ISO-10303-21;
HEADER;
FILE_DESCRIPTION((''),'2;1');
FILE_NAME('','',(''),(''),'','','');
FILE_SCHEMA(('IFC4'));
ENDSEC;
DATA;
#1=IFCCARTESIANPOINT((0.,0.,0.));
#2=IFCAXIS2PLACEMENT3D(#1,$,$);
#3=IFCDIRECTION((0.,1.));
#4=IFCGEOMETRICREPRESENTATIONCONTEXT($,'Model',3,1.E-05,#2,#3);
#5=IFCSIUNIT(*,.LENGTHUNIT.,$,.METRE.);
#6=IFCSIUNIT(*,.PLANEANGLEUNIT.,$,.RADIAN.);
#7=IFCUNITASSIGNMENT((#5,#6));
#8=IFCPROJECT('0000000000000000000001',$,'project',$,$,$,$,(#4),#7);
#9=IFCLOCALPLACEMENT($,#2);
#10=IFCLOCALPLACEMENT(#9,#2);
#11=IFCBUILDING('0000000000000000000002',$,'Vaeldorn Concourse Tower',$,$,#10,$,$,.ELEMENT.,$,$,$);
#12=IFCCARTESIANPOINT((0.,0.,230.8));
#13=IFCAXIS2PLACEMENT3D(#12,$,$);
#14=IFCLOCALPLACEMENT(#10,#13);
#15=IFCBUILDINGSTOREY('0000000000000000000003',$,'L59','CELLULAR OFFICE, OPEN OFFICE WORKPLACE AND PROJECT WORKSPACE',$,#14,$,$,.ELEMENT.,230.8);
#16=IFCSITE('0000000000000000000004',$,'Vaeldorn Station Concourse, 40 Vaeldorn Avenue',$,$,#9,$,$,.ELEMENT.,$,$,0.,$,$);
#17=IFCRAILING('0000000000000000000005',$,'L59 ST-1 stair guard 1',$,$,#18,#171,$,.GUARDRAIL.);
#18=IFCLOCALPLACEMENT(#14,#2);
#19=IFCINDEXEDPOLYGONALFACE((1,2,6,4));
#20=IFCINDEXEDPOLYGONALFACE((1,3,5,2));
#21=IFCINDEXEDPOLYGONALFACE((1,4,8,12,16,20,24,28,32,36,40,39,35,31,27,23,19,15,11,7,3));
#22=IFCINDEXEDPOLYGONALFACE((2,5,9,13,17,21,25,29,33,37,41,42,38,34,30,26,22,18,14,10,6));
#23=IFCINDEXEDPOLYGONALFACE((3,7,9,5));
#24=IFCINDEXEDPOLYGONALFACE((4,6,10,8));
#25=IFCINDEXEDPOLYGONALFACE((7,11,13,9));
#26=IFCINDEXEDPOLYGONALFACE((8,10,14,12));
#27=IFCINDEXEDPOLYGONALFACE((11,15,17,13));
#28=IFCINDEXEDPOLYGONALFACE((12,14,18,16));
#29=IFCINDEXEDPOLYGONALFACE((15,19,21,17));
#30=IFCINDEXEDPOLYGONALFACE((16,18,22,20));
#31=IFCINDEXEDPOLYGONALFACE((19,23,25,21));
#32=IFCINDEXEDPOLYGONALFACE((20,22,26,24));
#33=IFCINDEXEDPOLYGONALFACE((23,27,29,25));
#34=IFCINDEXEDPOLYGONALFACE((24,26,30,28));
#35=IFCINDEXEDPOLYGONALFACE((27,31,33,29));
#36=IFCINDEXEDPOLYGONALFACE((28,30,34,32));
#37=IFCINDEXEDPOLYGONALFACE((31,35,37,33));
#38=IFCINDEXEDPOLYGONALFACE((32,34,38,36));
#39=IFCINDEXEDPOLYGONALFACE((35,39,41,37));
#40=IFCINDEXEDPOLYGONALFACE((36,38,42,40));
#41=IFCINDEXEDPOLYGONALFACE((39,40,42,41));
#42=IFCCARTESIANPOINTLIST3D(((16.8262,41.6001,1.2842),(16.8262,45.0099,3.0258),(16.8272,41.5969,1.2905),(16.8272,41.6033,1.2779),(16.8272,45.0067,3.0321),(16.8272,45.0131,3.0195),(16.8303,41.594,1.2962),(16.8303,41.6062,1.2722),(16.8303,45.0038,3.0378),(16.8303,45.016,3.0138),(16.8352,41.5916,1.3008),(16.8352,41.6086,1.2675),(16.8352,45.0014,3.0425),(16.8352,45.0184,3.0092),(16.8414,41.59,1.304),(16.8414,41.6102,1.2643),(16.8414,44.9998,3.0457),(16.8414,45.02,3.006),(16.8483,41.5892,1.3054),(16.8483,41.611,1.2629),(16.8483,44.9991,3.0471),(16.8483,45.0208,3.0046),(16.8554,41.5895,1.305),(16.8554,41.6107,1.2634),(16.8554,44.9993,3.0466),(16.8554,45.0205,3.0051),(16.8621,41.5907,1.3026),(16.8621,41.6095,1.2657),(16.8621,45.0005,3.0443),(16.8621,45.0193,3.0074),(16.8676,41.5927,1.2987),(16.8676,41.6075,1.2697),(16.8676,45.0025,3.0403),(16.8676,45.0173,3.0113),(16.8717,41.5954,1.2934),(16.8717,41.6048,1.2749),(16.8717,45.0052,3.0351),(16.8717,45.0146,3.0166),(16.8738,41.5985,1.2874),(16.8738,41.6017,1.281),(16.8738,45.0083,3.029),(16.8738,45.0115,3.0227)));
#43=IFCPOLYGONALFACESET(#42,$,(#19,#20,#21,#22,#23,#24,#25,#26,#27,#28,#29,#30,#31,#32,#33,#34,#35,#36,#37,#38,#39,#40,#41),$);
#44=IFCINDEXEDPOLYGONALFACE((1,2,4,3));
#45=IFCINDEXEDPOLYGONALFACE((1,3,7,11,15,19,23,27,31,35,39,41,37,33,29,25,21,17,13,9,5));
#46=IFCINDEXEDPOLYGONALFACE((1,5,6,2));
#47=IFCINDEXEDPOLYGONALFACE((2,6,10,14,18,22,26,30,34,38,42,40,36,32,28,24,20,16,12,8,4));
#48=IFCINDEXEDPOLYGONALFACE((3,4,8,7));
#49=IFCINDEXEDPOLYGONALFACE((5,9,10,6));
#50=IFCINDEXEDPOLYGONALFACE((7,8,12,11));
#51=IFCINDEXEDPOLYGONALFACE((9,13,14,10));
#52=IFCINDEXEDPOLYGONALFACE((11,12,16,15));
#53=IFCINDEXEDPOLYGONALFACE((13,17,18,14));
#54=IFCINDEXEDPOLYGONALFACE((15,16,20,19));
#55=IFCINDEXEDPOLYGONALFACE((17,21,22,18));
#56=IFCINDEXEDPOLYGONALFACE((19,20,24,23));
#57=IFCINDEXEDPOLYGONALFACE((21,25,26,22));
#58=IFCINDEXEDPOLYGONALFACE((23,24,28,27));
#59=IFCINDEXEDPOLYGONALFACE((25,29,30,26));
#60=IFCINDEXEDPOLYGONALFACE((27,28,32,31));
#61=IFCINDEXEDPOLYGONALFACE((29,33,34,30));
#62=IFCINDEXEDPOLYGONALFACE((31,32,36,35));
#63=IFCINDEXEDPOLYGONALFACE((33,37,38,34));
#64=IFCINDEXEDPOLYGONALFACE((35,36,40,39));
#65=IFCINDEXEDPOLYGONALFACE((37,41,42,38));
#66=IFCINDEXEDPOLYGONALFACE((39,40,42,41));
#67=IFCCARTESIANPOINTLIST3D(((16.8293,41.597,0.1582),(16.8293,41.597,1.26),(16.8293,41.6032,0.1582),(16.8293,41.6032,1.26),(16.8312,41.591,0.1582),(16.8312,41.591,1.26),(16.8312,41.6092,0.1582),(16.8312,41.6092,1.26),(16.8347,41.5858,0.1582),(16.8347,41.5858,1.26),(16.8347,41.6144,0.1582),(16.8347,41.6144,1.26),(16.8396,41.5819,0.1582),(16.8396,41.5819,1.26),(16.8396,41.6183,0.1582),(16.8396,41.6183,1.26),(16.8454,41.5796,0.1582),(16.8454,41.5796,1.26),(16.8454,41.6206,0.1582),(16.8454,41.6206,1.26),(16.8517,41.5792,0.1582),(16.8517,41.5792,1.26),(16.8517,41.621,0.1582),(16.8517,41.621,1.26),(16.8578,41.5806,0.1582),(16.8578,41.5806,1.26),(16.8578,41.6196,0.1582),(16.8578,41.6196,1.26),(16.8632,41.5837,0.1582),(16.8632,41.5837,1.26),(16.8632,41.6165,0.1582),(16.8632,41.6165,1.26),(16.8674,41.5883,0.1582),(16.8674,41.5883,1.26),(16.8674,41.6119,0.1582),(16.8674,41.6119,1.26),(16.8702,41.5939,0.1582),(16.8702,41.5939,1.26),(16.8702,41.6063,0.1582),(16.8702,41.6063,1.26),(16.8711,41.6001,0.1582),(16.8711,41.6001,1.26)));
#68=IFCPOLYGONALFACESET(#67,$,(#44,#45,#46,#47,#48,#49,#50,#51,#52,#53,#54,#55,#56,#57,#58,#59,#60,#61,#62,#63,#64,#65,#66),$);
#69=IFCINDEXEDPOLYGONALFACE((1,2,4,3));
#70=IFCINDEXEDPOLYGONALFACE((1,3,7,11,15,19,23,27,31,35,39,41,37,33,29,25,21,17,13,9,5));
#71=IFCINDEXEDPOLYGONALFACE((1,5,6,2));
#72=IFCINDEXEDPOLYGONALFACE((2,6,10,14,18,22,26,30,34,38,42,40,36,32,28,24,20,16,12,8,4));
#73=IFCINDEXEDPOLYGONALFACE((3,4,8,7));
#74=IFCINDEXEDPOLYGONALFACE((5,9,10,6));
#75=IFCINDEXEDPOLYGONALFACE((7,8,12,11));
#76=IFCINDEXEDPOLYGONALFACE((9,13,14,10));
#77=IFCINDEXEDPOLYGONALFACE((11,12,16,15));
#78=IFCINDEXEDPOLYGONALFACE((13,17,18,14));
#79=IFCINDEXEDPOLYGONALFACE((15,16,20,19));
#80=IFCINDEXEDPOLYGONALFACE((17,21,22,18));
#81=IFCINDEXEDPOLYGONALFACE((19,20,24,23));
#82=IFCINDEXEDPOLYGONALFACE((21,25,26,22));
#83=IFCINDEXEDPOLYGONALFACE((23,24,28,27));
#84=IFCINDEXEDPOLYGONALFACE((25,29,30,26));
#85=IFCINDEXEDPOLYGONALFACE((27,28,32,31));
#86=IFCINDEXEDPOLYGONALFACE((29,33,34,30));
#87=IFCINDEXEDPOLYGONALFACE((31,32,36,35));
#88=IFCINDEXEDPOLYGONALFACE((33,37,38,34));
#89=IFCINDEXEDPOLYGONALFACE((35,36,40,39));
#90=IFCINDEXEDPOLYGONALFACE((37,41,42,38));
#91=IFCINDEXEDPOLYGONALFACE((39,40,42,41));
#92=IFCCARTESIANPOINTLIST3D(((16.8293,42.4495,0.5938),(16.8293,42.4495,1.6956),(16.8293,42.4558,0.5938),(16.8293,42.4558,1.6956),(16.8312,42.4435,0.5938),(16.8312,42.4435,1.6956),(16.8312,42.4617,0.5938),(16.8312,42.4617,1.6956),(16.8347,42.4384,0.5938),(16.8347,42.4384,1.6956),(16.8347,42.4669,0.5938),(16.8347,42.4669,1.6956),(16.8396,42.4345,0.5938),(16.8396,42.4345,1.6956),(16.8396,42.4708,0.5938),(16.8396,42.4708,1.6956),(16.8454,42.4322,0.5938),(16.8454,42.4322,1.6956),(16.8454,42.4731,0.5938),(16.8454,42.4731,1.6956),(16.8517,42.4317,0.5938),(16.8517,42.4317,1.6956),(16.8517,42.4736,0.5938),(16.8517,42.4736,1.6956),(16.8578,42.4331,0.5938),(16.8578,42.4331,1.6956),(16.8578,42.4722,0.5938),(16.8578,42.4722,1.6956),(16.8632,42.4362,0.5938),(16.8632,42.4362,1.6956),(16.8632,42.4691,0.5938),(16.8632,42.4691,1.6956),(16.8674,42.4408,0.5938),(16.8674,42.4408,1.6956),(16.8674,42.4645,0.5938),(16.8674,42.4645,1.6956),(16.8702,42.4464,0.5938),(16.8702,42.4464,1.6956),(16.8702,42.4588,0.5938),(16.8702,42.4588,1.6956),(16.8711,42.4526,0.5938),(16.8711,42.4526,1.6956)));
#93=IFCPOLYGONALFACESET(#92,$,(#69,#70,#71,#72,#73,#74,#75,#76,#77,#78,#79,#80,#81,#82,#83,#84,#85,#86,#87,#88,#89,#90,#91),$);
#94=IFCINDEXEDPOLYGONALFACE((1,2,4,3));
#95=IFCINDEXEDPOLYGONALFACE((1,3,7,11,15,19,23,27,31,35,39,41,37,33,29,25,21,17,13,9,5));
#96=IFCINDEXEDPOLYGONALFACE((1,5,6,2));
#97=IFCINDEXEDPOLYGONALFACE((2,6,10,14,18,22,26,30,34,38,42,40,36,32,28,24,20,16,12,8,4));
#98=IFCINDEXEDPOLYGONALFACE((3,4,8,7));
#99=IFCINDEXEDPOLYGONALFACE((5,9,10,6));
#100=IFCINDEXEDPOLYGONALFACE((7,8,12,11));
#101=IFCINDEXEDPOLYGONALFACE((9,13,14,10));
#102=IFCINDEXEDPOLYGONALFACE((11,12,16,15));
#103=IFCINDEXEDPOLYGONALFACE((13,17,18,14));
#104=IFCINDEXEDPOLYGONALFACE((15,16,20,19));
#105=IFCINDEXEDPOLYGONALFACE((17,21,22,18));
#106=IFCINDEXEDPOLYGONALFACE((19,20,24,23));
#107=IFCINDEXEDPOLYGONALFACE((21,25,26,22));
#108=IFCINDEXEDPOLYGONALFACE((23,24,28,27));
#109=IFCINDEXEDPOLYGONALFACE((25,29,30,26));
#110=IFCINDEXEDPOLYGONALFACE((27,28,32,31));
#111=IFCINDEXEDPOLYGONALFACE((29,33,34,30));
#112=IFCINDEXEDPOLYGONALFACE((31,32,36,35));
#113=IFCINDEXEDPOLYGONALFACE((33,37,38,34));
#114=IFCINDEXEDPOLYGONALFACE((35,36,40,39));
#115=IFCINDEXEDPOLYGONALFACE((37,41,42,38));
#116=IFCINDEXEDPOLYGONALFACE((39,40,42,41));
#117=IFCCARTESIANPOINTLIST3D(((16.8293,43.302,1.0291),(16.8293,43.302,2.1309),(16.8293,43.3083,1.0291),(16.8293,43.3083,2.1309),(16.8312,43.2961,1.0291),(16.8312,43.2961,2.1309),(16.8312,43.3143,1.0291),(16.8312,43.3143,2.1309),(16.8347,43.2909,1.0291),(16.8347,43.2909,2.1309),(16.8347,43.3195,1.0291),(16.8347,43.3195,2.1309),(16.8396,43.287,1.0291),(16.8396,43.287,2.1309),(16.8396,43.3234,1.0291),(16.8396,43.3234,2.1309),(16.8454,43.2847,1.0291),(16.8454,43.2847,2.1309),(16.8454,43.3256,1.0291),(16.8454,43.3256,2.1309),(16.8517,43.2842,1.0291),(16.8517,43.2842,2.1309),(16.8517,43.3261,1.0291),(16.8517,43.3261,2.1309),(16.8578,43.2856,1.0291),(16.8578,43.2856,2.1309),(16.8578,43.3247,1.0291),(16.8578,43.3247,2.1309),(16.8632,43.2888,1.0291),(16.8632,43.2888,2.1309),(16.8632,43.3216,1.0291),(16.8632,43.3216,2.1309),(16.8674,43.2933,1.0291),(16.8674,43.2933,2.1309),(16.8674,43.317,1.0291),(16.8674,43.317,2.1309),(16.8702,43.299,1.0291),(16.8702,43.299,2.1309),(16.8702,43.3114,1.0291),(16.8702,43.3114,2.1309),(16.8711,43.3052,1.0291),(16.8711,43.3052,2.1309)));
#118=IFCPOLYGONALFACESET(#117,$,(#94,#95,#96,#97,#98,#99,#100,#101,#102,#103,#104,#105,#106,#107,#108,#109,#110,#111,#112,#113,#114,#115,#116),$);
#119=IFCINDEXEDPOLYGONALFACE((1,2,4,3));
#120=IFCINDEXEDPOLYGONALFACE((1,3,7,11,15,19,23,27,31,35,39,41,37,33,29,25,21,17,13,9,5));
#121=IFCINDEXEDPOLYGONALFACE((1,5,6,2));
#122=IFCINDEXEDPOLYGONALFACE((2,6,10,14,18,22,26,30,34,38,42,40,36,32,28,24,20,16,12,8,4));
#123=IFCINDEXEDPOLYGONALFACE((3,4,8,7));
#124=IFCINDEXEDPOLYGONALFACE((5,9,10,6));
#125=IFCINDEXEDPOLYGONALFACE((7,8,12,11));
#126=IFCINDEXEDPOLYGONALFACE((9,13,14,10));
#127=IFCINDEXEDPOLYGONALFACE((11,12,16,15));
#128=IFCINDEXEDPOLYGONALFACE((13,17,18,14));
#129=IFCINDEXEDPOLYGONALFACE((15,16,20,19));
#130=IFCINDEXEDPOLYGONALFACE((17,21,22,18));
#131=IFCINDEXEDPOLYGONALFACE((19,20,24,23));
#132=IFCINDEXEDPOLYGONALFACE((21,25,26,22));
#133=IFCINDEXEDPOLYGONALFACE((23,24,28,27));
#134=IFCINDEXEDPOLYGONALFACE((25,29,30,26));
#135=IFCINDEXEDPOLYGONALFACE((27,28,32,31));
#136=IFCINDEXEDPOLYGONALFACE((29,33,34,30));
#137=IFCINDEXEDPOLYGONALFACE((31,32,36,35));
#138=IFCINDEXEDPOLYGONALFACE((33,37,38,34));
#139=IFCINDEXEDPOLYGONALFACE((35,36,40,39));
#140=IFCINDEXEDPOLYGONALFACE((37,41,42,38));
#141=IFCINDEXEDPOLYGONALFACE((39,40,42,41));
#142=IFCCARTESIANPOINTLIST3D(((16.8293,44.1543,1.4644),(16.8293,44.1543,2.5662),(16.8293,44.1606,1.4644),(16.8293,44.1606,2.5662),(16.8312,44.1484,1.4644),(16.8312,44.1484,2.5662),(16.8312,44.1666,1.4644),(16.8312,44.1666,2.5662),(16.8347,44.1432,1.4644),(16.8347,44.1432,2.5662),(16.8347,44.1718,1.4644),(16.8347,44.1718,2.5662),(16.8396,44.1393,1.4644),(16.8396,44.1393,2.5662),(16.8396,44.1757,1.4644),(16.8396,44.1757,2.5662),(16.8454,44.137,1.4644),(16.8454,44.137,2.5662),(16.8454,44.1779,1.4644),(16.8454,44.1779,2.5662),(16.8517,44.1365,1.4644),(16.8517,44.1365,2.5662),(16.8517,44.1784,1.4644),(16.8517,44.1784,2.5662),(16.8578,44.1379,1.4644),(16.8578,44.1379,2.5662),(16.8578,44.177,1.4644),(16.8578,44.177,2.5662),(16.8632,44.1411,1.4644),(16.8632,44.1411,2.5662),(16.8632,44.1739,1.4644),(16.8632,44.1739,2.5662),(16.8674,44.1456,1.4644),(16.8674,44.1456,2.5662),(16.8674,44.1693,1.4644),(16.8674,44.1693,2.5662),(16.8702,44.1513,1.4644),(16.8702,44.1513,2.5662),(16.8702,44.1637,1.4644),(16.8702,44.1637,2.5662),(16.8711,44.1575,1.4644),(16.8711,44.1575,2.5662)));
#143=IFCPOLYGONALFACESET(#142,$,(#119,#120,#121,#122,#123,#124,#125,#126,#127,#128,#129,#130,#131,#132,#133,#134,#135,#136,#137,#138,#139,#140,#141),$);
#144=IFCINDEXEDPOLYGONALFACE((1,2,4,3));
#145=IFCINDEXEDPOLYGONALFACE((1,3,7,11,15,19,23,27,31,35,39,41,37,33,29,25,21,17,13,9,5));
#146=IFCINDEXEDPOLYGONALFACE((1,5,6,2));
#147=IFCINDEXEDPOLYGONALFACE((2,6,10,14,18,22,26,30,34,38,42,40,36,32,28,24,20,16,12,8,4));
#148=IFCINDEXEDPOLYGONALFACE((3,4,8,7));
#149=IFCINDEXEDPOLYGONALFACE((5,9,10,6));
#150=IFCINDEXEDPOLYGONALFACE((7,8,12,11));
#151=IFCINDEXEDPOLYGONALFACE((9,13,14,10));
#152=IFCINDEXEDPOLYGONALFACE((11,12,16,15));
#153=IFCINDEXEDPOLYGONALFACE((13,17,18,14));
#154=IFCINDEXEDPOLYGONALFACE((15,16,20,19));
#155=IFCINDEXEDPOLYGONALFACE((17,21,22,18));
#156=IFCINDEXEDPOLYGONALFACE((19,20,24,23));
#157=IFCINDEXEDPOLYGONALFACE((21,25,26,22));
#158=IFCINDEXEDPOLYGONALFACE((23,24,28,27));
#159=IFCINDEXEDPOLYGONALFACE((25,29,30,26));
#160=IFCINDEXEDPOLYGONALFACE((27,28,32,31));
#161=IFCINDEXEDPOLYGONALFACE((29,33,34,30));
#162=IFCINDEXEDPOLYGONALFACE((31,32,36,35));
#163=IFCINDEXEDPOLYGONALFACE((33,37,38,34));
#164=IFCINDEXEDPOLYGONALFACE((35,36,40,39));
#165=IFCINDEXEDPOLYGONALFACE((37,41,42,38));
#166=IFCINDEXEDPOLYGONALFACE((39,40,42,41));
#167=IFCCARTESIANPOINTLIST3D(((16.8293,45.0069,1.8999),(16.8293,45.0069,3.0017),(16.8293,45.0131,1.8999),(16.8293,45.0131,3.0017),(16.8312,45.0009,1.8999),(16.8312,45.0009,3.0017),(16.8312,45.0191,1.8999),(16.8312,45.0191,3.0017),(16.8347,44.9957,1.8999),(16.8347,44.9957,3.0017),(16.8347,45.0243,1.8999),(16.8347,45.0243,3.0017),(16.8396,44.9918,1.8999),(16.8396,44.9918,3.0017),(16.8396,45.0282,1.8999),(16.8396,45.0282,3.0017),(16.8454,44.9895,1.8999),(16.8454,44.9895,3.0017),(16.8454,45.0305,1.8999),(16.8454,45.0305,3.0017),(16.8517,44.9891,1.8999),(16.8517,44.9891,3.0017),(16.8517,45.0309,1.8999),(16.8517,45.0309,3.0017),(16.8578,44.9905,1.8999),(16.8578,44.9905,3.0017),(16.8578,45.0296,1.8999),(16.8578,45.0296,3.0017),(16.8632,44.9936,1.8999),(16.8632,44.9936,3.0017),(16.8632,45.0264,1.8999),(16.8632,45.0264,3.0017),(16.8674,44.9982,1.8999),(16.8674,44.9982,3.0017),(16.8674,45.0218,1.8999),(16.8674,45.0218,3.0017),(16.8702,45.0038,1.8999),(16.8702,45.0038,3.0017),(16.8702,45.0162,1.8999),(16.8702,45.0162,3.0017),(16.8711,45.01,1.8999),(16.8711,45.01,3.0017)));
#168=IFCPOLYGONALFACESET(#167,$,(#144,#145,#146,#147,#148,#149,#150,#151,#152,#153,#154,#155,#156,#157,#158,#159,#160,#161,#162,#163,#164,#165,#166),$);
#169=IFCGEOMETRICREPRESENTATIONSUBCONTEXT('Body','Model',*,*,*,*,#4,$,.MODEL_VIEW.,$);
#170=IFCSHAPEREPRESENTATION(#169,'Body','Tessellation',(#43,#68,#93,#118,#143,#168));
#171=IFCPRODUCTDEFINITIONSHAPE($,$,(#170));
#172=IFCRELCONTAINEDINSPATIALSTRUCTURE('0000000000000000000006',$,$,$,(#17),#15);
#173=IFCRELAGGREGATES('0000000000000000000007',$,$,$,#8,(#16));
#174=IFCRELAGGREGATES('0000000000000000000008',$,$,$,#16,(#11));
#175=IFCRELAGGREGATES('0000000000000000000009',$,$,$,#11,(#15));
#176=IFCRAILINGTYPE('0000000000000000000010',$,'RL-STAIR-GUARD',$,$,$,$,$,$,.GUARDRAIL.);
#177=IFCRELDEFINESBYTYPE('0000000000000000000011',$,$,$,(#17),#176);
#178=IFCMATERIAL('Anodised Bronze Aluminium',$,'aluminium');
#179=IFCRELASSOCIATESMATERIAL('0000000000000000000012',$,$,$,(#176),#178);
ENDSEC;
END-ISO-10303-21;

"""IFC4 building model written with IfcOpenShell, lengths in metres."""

from ifc_helpers import new_model, si_unit, direction, frame, origin, origin_2d, place, context, subcontext, project, spatial, circle, extrude, material, type_object, element, save


model = new_model("IFC4")

# Units and contexts
model_context = context("Model", 3, precision=1e-05, world=origin(), true_north=direction((0.0, 1.0)))
body_context = subcontext(model_context, "Body", "Model", "MODEL_VIEW")
ifc_project = project(units=[si_unit("LENGTHUNIT", "METRE"), si_unit("PLANEANGLEUNIT", "RADIAN")], contexts=[model_context])

# Site, building, storey
site_placement = place(None, origin())
site = spatial("IfcSite", under=ifc_project, at=site_placement, Name="Vaeldorn Station Concourse, 40 Vaeldorn Avenue", CompositionType="ELEMENT", RefElevation=0.0)
building_placement = place(site_placement, origin())
building = spatial("IfcBuilding", under=site, at=building_placement, Name="Vaeldorn Concourse Tower", CompositionType="ELEMENT")
storey_placement = place(building_placement, frame((0.0, 0.0, 230.8)))
storey = spatial("IfcBuildingStorey", under=building, at=storey_placement, Name="L59", Description="CELLULAR OFFICE, OPEN OFFICE WORKPLACE AND PROJECT WORKSPACE", CompositionType="ELEMENT", Elevation=230.8)

# Shared definitions
ifc_material_1 = material(Name="Anodised Bronze Aluminium", Category="aluminium")

# Railing
railing_type_1 = type_object("IfcRailingType", Name="RL-STAIR-GUARD", PredefinedType="GUARDRAIL", material=ifc_material_1)
railing_1_placement = place(storey_placement, frame((16.8501, 41.6001, 0.1582)))
element("IfcRailing", 1, at=railing_1_placement, inside=storey, type_object=railing_type_1, Name="L59 ST-1 stair guard 1", PredefinedType="GUARDRAIL", context=body_context, shape_type="SweptSolid", body=[
    extrude(circle(Radius=0.0239, at=origin_2d()), frame((0.0, 0.0, 1.126), z_axis=(0.0, 0.890556, 0.454874), x_axis=(-1.0, 0.0, 0.0)), (0.0, 0.0, 1.0), 3.8289),
    extrude(circle(Radius=0.021, at=origin_2d()), origin(), (0.0, 0.0, 1.0), 1.1018),
    extrude(circle(Radius=0.021, at=origin_2d()), frame((0.0, 0.8525, 0.4355)), (0.0, 0.0, 1.0), 1.1018),
    extrude(circle(Radius=0.021, at=origin_2d()), frame((0.0, 1.7051, 0.8708)), (0.0, 0.0, 1.0), 1.1018),
    extrude(circle(Radius=0.021, at=origin_2d()), frame((0.0, 2.5574, 1.3062)), (0.0, 0.0, 1.0), 1.1018),
    extrude(circle(Radius=0.021, at=origin_2d()), frame((0.0, 3.4099, 1.7417)), (0.0, 0.0, 1.0), 1.1018),
])

save(model, "model.ifc")
